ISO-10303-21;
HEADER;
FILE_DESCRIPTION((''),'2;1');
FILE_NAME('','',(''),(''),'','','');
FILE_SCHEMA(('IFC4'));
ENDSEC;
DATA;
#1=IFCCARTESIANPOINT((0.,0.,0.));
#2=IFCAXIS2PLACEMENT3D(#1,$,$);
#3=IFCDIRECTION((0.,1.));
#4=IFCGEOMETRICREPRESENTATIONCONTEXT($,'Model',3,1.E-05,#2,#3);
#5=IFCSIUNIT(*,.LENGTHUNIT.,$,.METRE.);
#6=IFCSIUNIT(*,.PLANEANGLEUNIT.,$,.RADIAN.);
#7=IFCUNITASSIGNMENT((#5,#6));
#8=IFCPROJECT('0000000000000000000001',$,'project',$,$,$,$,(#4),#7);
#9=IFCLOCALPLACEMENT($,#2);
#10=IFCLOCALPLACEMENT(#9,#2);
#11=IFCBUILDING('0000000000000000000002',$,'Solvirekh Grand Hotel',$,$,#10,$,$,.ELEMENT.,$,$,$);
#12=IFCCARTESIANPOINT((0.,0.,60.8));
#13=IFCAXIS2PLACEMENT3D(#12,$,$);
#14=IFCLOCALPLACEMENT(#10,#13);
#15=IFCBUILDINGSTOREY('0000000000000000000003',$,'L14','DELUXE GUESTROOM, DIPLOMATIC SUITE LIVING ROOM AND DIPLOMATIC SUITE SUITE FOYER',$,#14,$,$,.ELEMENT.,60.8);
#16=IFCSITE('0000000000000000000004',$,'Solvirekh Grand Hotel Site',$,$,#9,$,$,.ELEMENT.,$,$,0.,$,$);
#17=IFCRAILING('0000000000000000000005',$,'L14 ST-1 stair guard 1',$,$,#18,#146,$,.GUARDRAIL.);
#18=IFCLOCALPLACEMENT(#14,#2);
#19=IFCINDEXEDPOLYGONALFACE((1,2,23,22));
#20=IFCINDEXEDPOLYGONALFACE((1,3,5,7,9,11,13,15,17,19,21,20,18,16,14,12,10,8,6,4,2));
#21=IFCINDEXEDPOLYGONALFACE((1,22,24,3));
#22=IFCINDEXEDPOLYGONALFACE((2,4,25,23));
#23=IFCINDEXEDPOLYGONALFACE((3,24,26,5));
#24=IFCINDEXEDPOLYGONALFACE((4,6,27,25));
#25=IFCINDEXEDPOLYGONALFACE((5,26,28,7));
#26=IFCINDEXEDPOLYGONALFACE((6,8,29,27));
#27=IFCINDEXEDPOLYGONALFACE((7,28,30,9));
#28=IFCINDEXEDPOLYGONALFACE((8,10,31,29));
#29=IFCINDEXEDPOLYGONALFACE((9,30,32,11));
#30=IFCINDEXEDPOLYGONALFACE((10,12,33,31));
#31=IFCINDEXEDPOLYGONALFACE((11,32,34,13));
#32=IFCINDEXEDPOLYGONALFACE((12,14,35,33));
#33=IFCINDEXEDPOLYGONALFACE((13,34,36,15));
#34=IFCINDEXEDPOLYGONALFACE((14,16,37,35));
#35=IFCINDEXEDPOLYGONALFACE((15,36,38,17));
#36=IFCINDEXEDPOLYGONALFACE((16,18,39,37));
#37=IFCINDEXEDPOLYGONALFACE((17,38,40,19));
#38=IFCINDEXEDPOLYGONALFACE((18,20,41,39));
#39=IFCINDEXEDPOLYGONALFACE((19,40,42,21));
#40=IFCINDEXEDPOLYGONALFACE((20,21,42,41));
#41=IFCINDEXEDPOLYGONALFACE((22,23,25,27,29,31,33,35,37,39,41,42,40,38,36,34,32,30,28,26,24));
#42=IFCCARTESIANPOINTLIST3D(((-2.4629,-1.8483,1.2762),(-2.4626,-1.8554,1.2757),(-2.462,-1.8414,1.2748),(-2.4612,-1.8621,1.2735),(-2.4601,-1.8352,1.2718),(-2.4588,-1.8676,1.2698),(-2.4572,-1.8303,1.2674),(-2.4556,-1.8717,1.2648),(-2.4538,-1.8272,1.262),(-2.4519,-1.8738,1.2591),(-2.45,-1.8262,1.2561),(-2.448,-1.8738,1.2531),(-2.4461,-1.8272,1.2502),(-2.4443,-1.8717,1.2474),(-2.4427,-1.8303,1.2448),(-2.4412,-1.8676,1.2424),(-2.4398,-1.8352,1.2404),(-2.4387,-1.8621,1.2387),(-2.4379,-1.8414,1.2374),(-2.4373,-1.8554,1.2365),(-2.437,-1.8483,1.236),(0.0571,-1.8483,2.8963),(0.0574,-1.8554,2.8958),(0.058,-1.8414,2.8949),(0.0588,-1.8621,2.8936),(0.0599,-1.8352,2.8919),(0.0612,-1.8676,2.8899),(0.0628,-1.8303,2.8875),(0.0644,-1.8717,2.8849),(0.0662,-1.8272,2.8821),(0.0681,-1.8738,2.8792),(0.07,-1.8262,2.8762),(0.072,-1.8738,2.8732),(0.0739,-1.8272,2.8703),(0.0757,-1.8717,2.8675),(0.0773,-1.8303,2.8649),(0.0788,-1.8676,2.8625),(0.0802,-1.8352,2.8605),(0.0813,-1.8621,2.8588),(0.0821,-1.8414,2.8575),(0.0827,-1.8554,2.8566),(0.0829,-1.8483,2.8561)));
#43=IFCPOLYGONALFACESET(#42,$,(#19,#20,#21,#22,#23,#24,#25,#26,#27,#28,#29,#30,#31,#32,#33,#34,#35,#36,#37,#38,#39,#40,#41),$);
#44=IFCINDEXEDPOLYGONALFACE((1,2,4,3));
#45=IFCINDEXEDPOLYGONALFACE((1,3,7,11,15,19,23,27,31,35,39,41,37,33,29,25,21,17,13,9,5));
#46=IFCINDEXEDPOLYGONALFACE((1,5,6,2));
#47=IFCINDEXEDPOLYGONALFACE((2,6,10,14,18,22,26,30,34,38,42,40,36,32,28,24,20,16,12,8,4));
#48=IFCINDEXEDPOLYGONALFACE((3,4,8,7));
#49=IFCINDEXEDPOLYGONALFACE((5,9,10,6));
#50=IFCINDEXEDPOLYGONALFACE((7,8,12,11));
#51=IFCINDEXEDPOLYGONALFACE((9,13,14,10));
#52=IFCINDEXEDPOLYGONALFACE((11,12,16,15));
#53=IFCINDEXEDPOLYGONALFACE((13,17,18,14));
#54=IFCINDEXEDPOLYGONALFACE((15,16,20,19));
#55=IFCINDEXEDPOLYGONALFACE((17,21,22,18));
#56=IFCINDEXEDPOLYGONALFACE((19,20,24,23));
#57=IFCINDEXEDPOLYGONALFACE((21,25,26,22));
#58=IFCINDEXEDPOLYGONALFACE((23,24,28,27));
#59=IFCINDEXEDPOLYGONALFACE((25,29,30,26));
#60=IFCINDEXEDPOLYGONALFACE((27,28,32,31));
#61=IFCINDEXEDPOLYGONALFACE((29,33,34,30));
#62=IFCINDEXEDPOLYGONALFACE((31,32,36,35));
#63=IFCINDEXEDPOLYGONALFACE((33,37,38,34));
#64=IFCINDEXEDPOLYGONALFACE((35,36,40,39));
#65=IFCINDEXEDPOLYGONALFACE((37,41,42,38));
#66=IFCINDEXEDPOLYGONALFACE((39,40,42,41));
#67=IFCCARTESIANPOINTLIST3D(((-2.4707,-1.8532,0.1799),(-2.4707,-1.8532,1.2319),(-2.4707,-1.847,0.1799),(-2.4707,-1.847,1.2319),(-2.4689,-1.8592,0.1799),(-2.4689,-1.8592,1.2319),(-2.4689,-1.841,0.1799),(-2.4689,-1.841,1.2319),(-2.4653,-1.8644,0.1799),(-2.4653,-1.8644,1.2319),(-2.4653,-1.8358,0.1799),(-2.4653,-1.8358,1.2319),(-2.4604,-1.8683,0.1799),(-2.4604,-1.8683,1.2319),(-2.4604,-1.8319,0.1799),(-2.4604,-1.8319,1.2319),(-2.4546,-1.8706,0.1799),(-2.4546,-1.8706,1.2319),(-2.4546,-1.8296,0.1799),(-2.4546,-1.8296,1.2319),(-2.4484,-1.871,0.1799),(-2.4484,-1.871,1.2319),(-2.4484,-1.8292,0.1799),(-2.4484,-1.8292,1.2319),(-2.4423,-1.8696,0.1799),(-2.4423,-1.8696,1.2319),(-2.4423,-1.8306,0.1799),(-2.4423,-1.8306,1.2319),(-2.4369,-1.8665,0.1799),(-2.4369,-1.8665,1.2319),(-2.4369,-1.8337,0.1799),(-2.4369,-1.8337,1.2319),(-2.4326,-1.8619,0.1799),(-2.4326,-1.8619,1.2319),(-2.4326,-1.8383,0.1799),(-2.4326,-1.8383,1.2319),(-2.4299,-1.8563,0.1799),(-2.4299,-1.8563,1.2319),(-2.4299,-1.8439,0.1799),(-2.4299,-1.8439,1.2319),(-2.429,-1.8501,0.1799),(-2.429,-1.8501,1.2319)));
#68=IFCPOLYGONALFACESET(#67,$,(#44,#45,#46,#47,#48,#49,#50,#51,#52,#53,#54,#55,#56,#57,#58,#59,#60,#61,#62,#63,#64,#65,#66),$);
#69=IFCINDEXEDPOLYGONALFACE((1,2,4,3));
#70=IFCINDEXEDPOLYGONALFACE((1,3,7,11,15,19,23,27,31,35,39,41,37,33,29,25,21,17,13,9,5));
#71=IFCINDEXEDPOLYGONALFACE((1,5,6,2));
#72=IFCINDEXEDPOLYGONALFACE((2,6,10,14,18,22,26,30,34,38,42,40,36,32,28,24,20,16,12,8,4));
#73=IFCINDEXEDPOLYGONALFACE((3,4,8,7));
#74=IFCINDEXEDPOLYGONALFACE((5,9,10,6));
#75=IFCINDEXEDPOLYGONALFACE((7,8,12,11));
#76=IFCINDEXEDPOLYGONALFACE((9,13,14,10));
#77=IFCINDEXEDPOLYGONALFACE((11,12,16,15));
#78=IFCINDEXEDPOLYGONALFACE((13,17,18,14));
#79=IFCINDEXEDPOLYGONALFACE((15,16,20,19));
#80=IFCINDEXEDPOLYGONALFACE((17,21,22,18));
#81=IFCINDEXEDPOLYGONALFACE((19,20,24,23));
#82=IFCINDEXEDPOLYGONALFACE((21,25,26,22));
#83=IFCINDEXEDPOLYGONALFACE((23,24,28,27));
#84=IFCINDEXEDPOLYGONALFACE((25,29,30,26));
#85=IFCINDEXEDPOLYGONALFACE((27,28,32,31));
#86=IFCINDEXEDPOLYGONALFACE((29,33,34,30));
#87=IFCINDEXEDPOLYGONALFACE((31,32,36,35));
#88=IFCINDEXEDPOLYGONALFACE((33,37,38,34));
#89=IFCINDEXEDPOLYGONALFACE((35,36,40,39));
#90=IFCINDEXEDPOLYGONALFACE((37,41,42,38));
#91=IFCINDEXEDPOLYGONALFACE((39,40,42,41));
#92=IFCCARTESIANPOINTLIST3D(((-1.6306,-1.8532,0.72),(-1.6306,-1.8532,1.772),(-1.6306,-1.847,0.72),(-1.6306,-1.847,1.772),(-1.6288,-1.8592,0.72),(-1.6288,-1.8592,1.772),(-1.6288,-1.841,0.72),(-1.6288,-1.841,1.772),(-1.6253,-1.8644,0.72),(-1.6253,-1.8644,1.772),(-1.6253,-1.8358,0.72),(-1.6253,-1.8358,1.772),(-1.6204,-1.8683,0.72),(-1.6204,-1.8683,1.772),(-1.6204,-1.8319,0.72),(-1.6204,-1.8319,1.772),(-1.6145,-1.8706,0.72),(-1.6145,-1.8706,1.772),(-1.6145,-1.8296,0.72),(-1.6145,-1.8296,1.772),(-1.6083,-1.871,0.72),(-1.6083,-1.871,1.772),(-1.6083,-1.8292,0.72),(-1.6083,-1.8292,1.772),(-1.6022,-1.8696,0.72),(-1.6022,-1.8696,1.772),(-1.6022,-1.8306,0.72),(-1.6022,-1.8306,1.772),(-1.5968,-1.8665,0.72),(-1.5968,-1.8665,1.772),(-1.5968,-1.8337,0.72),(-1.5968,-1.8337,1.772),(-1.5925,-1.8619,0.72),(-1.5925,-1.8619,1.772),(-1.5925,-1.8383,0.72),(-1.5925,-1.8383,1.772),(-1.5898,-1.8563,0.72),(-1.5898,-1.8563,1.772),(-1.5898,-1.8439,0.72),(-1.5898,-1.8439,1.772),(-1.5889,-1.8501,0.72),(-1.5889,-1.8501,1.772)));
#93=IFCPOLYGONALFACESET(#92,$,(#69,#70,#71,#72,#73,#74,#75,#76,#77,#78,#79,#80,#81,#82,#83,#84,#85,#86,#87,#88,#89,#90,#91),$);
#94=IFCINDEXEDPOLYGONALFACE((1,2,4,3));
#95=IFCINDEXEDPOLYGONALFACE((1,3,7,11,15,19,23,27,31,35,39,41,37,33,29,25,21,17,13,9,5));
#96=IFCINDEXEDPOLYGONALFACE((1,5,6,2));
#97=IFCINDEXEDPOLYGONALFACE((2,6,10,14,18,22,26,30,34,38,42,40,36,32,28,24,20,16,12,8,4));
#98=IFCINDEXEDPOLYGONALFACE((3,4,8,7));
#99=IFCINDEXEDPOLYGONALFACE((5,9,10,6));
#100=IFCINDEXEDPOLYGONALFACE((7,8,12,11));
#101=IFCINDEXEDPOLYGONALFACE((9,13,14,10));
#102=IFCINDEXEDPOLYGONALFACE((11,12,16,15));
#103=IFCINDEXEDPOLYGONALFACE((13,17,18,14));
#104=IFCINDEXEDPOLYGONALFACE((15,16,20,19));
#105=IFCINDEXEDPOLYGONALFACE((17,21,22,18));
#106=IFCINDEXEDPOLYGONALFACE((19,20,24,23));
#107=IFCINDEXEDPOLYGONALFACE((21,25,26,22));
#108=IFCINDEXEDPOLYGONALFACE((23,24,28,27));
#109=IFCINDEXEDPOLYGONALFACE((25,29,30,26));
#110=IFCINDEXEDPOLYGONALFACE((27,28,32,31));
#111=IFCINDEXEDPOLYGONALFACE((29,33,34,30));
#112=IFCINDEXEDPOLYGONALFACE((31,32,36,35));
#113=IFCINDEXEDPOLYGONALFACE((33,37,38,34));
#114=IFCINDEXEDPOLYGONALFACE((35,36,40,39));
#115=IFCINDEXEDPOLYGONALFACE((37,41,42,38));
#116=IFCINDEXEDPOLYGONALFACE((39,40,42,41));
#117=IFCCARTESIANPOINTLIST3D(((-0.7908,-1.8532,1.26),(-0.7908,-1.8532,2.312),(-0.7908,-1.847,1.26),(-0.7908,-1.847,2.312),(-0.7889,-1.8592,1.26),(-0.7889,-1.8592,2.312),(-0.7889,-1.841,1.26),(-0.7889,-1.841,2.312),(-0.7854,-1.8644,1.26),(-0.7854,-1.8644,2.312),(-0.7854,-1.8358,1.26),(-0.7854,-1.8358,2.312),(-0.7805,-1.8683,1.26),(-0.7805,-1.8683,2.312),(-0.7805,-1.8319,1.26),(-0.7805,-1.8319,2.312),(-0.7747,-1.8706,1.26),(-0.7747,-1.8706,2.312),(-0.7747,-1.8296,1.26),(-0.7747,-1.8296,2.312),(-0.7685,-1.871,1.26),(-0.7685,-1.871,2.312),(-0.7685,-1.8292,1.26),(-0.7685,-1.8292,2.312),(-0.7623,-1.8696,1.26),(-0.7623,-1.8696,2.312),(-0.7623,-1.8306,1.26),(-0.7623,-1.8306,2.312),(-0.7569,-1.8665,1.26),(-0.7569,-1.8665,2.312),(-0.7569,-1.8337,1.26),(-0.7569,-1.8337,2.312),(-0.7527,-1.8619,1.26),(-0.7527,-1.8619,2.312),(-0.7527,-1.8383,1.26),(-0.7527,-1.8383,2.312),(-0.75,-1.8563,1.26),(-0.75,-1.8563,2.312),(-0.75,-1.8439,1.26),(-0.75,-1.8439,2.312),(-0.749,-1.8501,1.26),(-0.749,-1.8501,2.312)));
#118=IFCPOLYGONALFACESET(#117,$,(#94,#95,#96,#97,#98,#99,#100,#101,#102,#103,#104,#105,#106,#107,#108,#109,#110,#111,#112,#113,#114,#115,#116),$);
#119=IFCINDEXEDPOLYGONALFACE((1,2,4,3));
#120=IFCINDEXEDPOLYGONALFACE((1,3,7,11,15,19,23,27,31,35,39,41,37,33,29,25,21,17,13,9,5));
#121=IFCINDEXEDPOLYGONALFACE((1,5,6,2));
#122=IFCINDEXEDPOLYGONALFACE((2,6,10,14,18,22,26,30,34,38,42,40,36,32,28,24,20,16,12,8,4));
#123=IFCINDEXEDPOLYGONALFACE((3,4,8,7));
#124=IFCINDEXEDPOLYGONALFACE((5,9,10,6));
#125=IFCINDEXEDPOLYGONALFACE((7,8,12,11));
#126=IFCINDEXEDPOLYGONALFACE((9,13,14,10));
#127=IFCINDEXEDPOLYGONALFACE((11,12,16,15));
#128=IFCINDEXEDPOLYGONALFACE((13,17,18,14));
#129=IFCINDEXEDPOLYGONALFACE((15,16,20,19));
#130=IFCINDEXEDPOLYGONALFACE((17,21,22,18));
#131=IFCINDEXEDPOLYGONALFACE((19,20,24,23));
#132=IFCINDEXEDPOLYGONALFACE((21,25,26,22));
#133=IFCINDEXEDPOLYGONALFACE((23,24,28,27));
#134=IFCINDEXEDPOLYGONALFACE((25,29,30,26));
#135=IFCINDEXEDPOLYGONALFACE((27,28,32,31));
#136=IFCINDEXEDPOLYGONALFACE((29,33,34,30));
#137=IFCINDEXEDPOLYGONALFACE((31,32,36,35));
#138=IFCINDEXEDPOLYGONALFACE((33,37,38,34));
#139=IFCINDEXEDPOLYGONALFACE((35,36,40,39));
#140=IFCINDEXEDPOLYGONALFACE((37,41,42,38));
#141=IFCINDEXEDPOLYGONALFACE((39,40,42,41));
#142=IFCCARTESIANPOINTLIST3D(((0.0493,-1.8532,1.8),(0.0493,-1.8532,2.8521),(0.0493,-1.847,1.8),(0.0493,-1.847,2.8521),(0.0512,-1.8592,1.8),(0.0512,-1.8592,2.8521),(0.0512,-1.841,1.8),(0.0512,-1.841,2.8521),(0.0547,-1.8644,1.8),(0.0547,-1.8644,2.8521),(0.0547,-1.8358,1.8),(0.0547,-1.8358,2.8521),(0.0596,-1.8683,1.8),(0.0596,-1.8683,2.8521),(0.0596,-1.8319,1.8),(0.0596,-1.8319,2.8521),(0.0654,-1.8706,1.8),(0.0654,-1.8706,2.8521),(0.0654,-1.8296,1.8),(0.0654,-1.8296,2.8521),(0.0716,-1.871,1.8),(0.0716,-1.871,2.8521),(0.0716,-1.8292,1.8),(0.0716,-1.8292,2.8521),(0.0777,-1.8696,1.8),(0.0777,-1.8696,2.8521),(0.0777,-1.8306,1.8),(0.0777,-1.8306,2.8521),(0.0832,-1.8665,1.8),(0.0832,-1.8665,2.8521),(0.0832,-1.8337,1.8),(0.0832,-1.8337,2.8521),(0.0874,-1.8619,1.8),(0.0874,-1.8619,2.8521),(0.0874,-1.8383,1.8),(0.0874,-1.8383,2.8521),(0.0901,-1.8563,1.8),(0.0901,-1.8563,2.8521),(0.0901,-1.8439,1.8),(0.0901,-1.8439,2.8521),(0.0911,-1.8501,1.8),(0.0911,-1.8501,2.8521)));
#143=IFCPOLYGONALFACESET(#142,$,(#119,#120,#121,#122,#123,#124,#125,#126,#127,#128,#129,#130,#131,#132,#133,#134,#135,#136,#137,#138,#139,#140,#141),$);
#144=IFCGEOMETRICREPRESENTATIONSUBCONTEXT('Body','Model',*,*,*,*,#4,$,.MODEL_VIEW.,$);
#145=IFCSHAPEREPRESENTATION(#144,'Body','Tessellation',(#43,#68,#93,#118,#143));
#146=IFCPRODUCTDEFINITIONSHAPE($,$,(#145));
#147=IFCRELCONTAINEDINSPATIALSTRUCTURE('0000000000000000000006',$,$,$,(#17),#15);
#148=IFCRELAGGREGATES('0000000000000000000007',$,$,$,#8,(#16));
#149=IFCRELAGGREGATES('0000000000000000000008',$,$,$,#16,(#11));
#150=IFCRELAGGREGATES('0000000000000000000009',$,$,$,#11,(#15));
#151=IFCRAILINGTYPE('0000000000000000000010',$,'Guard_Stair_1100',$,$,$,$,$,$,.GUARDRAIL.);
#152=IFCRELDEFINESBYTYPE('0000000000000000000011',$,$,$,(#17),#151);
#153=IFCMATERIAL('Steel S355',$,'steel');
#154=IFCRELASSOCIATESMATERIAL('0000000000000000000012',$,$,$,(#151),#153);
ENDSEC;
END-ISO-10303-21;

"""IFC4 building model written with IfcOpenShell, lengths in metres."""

from ifc_helpers import new_model, si_unit, direction, frame, origin, origin_2d, place, context, subcontext, project, spatial, circle, extrude, material, type_object, element, save


model = new_model("IFC4")

# Units and contexts
model_context = context("Model", 3, precision=1e-05, world=origin(), true_north=direction((0.0, 1.0)))
body_context = subcontext(model_context, "Body", "Model", "MODEL_VIEW")
ifc_project = project(units=[si_unit("LENGTHUNIT", "METRE"), si_unit("PLANEANGLEUNIT", "RADIAN")], contexts=[model_context])

# Site, building, storey
site_placement = place(None, origin())
site = spatial("IfcSite", under=ifc_project, at=site_placement, Name="Solvirekh Grand Hotel Site", CompositionType="ELEMENT", RefElevation=0.0)
building_placement = place(site_placement, origin())
building = spatial("IfcBuilding", under=site, at=building_placement, Name="Solvirekh Grand Hotel", CompositionType="ELEMENT")
storey_placement = place(building_placement, frame((0.0, 0.0, 60.8)))
storey = spatial("IfcBuildingStorey", under=building, at=storey_placement, Name="L14", Description="DELUXE GUESTROOM, DIPLOMATIC SUITE LIVING ROOM AND DIPLOMATIC SUITE SUITE FOYER", CompositionType="ELEMENT", Elevation=60.8)

# Railing
ifc_material_1 = material(Name="Steel S355", Category="steel")
railing_type_1 = type_object("IfcRailingType", Name="Guard_Stair_1100", PredefinedType="GUARDRAIL", material=ifc_material_1)
railing_1_placement = place(storey_placement, frame((-2.45, -1.8501, 0.1799)))
element("IfcRailing", 1, at=railing_1_placement, inside=storey, type_object=railing_type_1, Name="L14 ST-1 stair guard 1", PredefinedType="GUARDRAIL", context=body_context, shape_type="SweptSolid", body=[
    extrude(circle(Radius=0.0239, at=origin_2d()), frame((0.0, 0.0, 1.0762), z_axis=(0.841163, 0.0, 0.540782), x_axis=(0.0, 1.0, 0.0)), (0.0, 0.0, 1.0), 2.9958),
    extrude(circle(Radius=0.021, at=origin_2d()), origin(), (0.0, 0.0, 1.0), 1.052),
    extrude(circle(Radius=0.021, at=origin_2d()), frame((0.8401, 0.0, 0.54)), (0.0, 0.0, 1.0), 1.052),
    extrude(circle(Radius=0.021, at=origin_2d()), frame((1.6799, 0.0, 1.0801)), (0.0, 0.0, 1.0), 1.052),
    extrude(circle(Radius=0.021, at=origin_2d()), frame((2.52, 0.0, 1.6201)), (0.0, 0.0, 1.0), 1.052),
])

save(model, "model.ifc")
